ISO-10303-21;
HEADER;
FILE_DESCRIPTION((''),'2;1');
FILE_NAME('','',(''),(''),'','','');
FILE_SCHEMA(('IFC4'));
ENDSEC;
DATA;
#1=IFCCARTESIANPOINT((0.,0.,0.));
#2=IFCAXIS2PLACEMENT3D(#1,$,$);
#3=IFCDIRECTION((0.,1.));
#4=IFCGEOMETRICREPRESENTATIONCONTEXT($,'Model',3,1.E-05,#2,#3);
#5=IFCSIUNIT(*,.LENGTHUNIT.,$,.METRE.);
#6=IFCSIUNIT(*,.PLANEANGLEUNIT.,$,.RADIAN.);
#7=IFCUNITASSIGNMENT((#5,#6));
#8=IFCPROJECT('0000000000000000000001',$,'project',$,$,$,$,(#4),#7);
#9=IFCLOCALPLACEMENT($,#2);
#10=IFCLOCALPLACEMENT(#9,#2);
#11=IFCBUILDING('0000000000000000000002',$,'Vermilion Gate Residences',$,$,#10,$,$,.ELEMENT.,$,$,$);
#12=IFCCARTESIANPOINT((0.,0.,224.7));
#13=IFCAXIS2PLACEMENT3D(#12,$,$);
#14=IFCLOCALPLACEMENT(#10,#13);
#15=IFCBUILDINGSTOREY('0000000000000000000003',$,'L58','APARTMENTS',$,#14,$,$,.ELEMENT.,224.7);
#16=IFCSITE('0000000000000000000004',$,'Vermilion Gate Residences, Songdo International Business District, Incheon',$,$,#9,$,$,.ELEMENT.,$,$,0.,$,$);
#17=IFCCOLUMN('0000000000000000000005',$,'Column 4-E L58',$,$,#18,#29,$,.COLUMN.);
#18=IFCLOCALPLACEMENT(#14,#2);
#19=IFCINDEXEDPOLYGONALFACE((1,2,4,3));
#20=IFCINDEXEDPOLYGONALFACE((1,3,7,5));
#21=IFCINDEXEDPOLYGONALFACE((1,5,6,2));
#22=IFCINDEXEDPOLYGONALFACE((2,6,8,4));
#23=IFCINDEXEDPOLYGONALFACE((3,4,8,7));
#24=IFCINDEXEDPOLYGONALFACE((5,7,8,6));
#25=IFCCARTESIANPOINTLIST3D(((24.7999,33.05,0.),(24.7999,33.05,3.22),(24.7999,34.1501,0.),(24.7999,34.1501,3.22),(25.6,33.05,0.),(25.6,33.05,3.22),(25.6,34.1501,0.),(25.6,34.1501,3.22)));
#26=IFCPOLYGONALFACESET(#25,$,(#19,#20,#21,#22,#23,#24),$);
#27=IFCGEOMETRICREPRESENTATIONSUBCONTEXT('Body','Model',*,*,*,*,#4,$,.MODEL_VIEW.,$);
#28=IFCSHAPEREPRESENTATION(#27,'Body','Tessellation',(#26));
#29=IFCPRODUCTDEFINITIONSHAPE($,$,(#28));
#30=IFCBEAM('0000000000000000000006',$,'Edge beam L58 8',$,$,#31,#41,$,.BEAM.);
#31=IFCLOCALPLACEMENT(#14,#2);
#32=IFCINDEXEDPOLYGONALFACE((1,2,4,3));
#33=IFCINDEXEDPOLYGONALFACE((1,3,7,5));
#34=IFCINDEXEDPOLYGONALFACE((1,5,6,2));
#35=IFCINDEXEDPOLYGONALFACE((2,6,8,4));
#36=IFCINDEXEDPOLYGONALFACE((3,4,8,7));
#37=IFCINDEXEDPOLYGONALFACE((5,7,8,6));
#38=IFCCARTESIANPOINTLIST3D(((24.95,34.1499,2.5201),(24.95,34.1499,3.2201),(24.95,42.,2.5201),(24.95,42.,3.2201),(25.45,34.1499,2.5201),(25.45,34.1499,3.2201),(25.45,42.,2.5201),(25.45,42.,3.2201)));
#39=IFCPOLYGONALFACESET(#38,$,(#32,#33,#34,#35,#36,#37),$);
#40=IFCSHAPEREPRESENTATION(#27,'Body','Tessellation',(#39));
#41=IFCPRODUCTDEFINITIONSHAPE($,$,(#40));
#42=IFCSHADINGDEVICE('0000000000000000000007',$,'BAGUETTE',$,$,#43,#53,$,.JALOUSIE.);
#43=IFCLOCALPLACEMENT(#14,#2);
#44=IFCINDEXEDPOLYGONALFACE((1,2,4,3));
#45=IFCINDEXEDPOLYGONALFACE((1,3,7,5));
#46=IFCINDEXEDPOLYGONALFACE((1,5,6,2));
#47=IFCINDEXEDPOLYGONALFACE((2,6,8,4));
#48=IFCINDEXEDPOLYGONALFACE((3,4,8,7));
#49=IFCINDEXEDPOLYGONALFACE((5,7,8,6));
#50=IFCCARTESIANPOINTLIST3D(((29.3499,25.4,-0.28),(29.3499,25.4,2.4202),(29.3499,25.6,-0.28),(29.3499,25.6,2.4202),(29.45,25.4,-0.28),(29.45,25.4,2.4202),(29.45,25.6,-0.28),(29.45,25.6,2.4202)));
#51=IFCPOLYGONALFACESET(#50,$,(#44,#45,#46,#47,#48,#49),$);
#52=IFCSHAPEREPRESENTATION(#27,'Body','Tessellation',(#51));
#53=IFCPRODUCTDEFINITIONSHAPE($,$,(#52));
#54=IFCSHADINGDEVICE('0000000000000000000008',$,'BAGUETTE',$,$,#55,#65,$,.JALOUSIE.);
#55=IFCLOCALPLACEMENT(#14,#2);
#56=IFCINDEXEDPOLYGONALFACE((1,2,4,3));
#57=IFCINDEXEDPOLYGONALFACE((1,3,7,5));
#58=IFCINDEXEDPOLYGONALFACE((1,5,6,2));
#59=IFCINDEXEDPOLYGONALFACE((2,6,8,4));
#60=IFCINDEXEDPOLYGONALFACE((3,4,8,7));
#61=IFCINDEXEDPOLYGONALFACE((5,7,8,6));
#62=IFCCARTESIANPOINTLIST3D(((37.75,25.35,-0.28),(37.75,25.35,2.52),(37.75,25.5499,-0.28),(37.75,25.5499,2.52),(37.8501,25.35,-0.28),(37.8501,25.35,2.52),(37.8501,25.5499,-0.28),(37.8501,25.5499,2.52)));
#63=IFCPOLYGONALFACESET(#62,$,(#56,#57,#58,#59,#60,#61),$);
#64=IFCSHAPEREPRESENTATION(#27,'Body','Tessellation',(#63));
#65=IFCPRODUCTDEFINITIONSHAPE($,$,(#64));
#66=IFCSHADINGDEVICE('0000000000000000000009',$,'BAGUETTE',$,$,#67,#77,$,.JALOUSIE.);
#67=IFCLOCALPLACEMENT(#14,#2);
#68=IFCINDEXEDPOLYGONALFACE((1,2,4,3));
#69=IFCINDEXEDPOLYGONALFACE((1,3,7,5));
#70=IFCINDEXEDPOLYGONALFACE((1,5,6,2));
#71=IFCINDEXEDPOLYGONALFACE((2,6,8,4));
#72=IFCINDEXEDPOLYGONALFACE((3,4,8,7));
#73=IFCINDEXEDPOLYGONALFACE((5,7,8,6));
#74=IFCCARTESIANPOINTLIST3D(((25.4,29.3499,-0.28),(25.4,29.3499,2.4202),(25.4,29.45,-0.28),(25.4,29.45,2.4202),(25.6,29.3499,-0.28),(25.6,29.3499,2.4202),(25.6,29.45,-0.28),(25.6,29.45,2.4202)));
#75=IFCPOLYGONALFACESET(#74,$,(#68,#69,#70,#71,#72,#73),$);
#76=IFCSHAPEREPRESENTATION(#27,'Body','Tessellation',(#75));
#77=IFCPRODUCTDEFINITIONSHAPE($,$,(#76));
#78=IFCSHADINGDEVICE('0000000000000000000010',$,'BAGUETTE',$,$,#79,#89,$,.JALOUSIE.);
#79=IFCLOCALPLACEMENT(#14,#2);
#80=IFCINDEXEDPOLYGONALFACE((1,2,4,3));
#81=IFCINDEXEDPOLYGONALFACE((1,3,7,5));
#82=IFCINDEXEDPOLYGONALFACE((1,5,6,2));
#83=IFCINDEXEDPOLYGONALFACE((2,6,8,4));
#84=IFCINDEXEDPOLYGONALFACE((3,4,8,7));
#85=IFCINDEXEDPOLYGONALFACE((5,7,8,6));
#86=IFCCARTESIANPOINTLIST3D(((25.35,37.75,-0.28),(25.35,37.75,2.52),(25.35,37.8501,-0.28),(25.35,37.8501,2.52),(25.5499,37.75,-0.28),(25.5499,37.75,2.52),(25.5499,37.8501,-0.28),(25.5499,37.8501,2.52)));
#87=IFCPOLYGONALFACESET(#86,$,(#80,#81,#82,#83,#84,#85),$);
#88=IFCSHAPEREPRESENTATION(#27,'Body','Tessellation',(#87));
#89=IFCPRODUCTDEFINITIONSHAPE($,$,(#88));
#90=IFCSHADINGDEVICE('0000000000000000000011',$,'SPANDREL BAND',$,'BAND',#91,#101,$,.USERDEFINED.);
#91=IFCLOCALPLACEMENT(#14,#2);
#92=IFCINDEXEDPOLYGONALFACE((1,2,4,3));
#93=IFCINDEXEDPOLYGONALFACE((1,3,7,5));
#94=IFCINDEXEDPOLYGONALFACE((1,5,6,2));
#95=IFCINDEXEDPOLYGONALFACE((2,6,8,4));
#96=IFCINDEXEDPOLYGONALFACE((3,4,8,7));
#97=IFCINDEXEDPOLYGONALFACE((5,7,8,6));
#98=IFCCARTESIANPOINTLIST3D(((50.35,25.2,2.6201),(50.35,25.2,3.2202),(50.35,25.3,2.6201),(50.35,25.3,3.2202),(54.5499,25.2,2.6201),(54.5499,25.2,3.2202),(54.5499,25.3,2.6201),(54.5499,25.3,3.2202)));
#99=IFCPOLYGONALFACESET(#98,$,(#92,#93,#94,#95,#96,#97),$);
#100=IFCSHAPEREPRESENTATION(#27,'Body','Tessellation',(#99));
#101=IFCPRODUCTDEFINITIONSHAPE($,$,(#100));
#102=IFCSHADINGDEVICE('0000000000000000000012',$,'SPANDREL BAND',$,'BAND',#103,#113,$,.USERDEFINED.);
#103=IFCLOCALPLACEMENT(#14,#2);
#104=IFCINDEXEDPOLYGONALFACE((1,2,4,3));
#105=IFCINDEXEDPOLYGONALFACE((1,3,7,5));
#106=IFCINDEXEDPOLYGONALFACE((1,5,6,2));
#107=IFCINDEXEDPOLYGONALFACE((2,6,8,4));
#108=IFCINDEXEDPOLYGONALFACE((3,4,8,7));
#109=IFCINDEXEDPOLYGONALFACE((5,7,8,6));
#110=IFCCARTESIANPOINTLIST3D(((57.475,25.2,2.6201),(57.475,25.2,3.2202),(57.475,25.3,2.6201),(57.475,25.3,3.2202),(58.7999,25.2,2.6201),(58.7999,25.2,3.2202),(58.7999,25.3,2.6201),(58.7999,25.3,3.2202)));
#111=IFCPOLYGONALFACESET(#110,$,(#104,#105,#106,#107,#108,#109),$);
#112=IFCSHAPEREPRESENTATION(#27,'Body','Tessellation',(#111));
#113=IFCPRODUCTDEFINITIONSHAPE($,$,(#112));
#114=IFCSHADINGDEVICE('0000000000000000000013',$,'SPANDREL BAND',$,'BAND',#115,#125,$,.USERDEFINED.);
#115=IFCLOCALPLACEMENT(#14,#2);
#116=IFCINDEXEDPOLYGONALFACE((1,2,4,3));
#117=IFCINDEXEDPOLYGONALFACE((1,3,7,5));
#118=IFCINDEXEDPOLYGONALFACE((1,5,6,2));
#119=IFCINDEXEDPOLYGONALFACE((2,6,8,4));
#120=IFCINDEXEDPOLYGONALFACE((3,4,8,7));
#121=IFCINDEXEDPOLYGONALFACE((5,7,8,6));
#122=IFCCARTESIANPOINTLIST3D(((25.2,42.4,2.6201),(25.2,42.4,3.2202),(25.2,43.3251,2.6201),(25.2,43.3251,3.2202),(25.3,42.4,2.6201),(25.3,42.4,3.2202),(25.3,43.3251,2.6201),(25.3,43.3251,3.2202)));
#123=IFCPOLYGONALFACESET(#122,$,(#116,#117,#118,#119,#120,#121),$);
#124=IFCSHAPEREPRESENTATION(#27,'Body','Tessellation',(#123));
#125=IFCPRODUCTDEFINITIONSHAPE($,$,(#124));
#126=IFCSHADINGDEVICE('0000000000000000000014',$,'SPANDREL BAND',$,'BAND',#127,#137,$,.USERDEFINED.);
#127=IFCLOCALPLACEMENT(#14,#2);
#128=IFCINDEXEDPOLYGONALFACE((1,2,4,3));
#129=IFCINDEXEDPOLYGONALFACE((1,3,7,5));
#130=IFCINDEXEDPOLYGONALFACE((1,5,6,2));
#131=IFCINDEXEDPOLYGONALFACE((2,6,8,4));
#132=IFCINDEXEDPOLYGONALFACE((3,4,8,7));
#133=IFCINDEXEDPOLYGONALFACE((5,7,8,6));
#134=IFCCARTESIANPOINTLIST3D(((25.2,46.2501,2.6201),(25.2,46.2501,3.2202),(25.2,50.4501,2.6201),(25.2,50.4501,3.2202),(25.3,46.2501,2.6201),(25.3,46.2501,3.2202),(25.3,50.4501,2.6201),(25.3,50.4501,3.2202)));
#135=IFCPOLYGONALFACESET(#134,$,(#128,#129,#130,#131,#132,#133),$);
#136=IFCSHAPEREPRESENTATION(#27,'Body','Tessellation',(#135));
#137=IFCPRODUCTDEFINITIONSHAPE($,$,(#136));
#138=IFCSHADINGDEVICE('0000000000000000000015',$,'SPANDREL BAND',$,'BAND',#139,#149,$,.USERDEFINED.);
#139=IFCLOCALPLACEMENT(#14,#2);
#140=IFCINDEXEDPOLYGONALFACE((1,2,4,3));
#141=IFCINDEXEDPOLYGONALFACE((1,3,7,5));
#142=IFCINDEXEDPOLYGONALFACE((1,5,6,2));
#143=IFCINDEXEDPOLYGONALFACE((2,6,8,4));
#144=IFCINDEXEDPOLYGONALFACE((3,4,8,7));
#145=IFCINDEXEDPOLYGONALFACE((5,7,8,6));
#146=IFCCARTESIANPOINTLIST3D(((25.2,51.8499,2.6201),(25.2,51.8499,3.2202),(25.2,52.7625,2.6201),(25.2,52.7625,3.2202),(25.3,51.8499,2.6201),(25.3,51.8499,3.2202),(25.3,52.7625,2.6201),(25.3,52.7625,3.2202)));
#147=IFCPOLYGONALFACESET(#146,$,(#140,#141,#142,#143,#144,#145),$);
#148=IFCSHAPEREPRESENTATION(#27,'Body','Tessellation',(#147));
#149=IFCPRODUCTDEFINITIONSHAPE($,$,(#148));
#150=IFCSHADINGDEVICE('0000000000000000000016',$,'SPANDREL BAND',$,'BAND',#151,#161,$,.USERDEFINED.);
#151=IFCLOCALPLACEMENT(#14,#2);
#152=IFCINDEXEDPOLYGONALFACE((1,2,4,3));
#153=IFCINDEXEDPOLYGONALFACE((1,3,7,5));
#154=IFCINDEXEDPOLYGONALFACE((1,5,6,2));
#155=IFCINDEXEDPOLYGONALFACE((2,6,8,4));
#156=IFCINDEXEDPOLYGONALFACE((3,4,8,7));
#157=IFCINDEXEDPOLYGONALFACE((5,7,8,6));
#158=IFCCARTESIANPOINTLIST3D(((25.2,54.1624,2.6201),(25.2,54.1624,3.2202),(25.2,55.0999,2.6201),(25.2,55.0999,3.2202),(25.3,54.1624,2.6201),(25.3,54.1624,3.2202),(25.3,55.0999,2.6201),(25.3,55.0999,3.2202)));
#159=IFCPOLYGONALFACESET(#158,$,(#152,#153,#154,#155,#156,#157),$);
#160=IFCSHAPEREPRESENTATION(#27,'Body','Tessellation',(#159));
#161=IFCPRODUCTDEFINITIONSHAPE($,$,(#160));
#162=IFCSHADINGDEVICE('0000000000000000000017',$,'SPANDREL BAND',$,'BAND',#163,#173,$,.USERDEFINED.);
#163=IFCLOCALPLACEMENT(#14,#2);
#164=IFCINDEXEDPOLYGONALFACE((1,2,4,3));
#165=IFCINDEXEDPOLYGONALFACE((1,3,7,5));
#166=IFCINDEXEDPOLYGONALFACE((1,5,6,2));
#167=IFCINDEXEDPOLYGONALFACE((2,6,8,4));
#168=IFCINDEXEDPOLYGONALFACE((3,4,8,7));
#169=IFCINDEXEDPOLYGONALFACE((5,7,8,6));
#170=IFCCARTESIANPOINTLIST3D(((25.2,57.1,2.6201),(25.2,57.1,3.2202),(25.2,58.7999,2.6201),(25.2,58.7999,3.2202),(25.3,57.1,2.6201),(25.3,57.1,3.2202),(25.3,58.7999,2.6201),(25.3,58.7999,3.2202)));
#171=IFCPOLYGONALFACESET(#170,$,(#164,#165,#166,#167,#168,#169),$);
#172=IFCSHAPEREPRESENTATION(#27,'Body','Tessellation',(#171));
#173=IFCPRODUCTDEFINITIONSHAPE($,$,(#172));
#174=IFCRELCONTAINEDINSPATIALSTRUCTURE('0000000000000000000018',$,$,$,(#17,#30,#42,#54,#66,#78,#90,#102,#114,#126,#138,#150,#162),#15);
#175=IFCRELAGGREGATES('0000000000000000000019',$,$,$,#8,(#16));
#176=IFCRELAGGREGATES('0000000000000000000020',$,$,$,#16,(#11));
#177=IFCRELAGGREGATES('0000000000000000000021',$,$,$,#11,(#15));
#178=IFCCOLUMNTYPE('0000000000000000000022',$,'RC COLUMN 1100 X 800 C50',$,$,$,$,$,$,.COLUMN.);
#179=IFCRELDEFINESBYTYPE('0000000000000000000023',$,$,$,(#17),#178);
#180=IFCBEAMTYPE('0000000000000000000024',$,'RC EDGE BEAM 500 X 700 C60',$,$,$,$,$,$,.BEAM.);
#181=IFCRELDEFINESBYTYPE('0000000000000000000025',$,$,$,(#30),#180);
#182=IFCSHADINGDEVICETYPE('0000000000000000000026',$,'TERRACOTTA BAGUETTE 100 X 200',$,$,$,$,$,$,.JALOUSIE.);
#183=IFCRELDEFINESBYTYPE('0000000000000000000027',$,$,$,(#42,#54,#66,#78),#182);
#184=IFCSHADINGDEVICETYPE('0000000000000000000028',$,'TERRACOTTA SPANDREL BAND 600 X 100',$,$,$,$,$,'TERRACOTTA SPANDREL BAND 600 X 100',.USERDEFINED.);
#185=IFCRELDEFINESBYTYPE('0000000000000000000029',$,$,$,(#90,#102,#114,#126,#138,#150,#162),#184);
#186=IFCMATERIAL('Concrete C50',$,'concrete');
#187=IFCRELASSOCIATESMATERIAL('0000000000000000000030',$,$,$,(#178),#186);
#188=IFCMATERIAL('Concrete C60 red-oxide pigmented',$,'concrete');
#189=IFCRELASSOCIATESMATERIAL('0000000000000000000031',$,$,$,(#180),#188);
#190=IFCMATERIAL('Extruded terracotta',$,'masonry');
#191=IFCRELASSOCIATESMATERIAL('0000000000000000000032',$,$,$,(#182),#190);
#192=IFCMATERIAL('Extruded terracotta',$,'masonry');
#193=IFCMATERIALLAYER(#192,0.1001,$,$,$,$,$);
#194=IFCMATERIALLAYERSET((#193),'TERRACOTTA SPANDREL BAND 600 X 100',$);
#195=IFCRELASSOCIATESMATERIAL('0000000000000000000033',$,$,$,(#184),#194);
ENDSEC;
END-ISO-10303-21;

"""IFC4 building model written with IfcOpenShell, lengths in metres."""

from ifc_helpers import new_model, si_unit, direction, frame, origin, origin_2d, place, context, subcontext, project, spatial, rectangle, extrude, material, layer, layer_set, material_profile, profile_set, type_object, element, save


model = new_model("IFC4")

# Units and contexts
model_context = context("Model", 3, precision=1e-05, world=origin(), true_north=direction((0.0, 1.0)))
body_context = subcontext(model_context, "Body", "Model", "MODEL_VIEW")
ifc_project = project(units=[si_unit("LENGTHUNIT", "METRE"), si_unit("PLANEANGLEUNIT", "RADIAN")], contexts=[model_context])

# Site, building, storey
site_placement = place(None, origin())
site = spatial("IfcSite", under=ifc_project, at=site_placement, Name="Vermilion Gate Residences, Songdo International Business District, Incheon", CompositionType="ELEMENT", RefElevation=0.0)
building_placement = place(site_placement, origin())
building = spatial("IfcBuilding", under=site, at=building_placement, Name="Vermilion Gate Residences", CompositionType="ELEMENT")
storey_placement = place(building_placement, frame((0.0, 0.0, 224.7)))
storey = spatial("IfcBuildingStorey", under=building, at=storey_placement, Name="L58", Description="APARTMENTS", CompositionType="ELEMENT", Elevation=224.7)

# Column
ifc_material_1 = material(Name="Concrete C50", Category="concrete")
ifc_material_profile_1 = material_profile(ifc_material_1, rectangle(XDim=1.1001, YDim=0.8, at=origin_2d()), Name="RC-1100x800")
ifc_profile_set_1 = profile_set([ifc_material_profile_1], Name="Concrete C50")
column_type = type_object("IfcColumnType", Name="RC COLUMN 1100 X 800 C50", PredefinedType="COLUMN", material=ifc_profile_set_1)
column_placement = place(storey_placement, frame((25.2, 33.6001, 0.0), z_axis=(0.0, 0.0, 1.0), x_axis=(0.0, 1.0, 0.0)))
element("IfcColumn", 1, at=column_placement, inside=storey, type_object=column_type, Name="Column 4-E L58", PredefinedType="COLUMN", context=body_context, shape_type="SweptSolid", body=[
    extrude(rectangle(XDim=1.1001, YDim=0.8, at=origin_2d()), origin(), (0.0, 0.0, 1.0), 3.22),
])

# Beam
ifc_material_2 = material(Name="Concrete C60 red-oxide pigmented", Category="concrete")
ifc_material_profile_2 = material_profile(ifc_material_2, rectangle(XDim=0.5, YDim=0.7, at=origin_2d()), Name="RC-500x700")
ifc_profile_set_2 = profile_set([ifc_material_profile_2], Name="Concrete C60 red-oxide pigmented")
beam_type = type_object("IfcBeamType", Name="RC EDGE BEAM 500 X 700 C60", PredefinedType="BEAM", material=ifc_profile_set_2)
beam_placement = place(storey_placement, frame((25.2, 34.1499, 2.8701), z_axis=(0.0, 1.0, 0.0), x_axis=(-1.0, 0.0, 0.0)))
element("IfcBeam", 2, at=beam_placement, inside=storey, type_object=beam_type, Name="Edge beam L58 8", PredefinedType="BEAM", context=body_context, shape_type="SweptSolid", body=[
    extrude(rectangle(XDim=0.5, YDim=0.7, at=origin_2d()), origin(), (0.0, 0.0, 1.0), 7.8501),
])

# Shading devices
ifc_material_3 = material(Name="Extruded terracotta", Category="masonry")
ifc_material_profile_3 = material_profile(ifc_material_3, rectangle(XDim=0.2, YDim=0.1001, at=origin_2d()), Name="BAGUETTE 100 X 200")
ifc_profile_set_3 = profile_set([ifc_material_profile_3], Name="Extruded terracotta")
shading_device_type_1 = type_object("IfcShadingDeviceType", Name="TERRACOTTA BAGUETTE 100 X 200", PredefinedType="JALOUSIE", material=ifc_profile_set_3)
shading_device_1_placement = place(storey_placement, frame((29.3999, 25.5, -0.28), z_axis=(0.0, 0.0, 1.0), x_axis=(0.0, -1.0, 0.0)))
element("IfcShadingDevice", 3, at=shading_device_1_placement, inside=storey, type_object=shading_device_type_1, Name="BAGUETTE", PredefinedType="JALOUSIE", context=body_context, shape_type="SweptSolid", body=[
    extrude(rectangle(XDim=0.2, YDim=0.1001, at=origin_2d()), origin(), (0.0, 0.0, 1.0), 2.7002),
])
shading_device_2_placement = place(storey_placement, frame((37.8, 25.45, -0.28), z_axis=(0.0, 0.0, 1.0), x_axis=(0.0, -1.0, 0.0)))
element("IfcShadingDevice", 4, at=shading_device_2_placement, inside=storey, type_object=shading_device_type_1, Name="BAGUETTE", PredefinedType="JALOUSIE", context=body_context, shape_type="SweptSolid", body=[
    extrude(rectangle(XDim=0.2, YDim=0.1001, at=origin_2d()), origin(), (0.0, 0.0, 1.0), 2.8),
])
shading_device_3_placement = place(storey_placement, frame((25.5, 29.3999, -0.28), z_axis=(0.0, 0.0, 1.0), x_axis=(-1.0, 0.0, 0.0)))
element("IfcShadingDevice", 5, at=shading_device_3_placement, inside=storey, type_object=shading_device_type_1, Name="BAGUETTE", PredefinedType="JALOUSIE", context=body_context, shape_type="SweptSolid", body=[
    extrude(rectangle(XDim=0.2, YDim=0.1001, at=origin_2d()), origin(), (0.0, 0.0, 1.0), 2.7002),
])
shading_device_4_placement = place(storey_placement, frame((25.45, 37.8, -0.28), z_axis=(0.0, 0.0, 1.0), x_axis=(-1.0, 0.0, 0.0)))
element("IfcShadingDevice", 6, at=shading_device_4_placement, inside=storey, type_object=shading_device_type_1, Name="BAGUETTE", PredefinedType="JALOUSIE", context=body_context, shape_type="SweptSolid", body=[
    extrude(rectangle(XDim=0.2, YDim=0.1001, at=origin_2d()), origin(), (0.0, 0.0, 1.0), 2.8),
])
ifc_material_4 = material(Name="Extruded terracotta", Category="masonry")
ifc_layer = layer(ifc_material_4, 0.1001)
ifc_layer_set = layer_set([ifc_layer], Name="TERRACOTTA SPANDREL BAND 600 X 100")
shading_device_type_2 = type_object("IfcShadingDeviceType", Name="TERRACOTTA SPANDREL BAND 600 X 100", ElementType="TERRACOTTA SPANDREL BAND 600 X 100", PredefinedType="USERDEFINED", material=ifc_layer_set)
shading_device_5_placement = place(storey_placement, frame((52.45, 25.25, 2.6201), z_axis=(0.0, 0.0, 1.0), x_axis=(1.0, 0.0, 0.0)))
element("IfcShadingDevice", 7, at=shading_device_5_placement, inside=storey, type_object=shading_device_type_2, Name="SPANDREL BAND", ObjectType="BAND", PredefinedType="USERDEFINED", context=body_context, shape_type="SweptSolid", body=[
    extrude(rectangle(XDim=4.2, YDim=0.1001, at=origin_2d()), origin(), (0.0, 0.0, 1.0), 0.6001),
])
shading_device_6_placement = place(storey_placement, frame((58.1375, 25.25, 2.6201), z_axis=(0.0, 0.0, 1.0), x_axis=(1.0, 0.0, 0.0)))
element("IfcShadingDevice", 8, at=shading_device_6_placement, inside=storey, type_object=shading_device_type_2, Name="SPANDREL BAND", ObjectType="BAND", PredefinedType="USERDEFINED", context=body_context, shape_type="SweptSolid", body=[
    extrude(rectangle(XDim=1.325, YDim=0.1001, at=origin_2d()), origin(), (0.0, 0.0, 1.0), 0.6001),
])
shading_device_7_placement = place(storey_placement, frame((25.25, 42.8625, 2.6201), z_axis=(0.0, 0.0, 1.0), x_axis=(0.0, 1.0, 0.0)))
element("IfcShadingDevice", 9, at=shading_device_7_placement, inside=storey, type_object=shading_device_type_2, Name="SPANDREL BAND", ObjectType="BAND", PredefinedType="USERDEFINED", context=body_context, shape_type="SweptSolid", body=[
    extrude(rectangle(XDim=0.925, YDim=0.1001, at=origin_2d()), origin(), (0.0, 0.0, 1.0), 0.6001),
])
shading_device_8_placement = place(storey_placement, frame((25.25, 48.3501, 2.6201), z_axis=(0.0, 0.0, 1.0), x_axis=(0.0, 1.0, 0.0)))
element("IfcShadingDevice", 10, at=shading_device_8_placement, inside=storey, type_object=shading_device_type_2, Name="SPANDREL BAND", ObjectType="BAND", PredefinedType="USERDEFINED", context=body_context, shape_type="SweptSolid", body=[
    extrude(rectangle(XDim=4.2, YDim=0.1001, at=origin_2d()), origin(), (0.0, 0.0, 1.0), 0.6001),
])
shading_device_9_placement = place(storey_placement, frame((25.25, 52.3062, 2.6201), z_axis=(0.0, 0.0, 1.0), x_axis=(0.0, 1.0, 0.0)))
element("IfcShadingDevice", 11, at=shading_device_9_placement, inside=storey, type_object=shading_device_type_2, Name="SPANDREL BAND", ObjectType="BAND", PredefinedType="USERDEFINED", context=body_context, shape_type="SweptSolid", body=[
    extrude(rectangle(XDim=0.9126, YDim=0.1001, at=origin_2d()), origin(), (0.0, 0.0, 1.0), 0.6001),
])
shading_device_10_placement = place(storey_placement, frame((25.25, 54.6311, 2.6201), z_axis=(0.0, 0.0, 1.0), x_axis=(0.0, 1.0, 0.0)))
element("IfcShadingDevice", 12, at=shading_device_10_placement, inside=storey, type_object=shading_device_type_2, Name="SPANDREL BAND", ObjectType="BAND", PredefinedType="USERDEFINED", context=body_context, shape_type="SweptSolid", body=[
    extrude(rectangle(XDim=0.9375, YDim=0.1001, at=origin_2d()), origin(), (0.0, 0.0, 1.0), 0.6001),
])
shading_device_11_placement = place(storey_placement, frame((25.25, 57.95, 2.6201), z_axis=(0.0, 0.0, 1.0), x_axis=(0.0, 1.0, 0.0)))
element("IfcShadingDevice", 13, at=shading_device_11_placement, inside=storey, type_object=shading_device_type_2, Name="SPANDREL BAND", ObjectType="BAND", PredefinedType="USERDEFINED", context=body_context, shape_type="SweptSolid", body=[
    extrude(rectangle(XDim=1.7, YDim=0.1001, at=origin_2d()), origin(), (0.0, 0.0, 1.0), 0.6001),
])

save(model, "model.ifc")
